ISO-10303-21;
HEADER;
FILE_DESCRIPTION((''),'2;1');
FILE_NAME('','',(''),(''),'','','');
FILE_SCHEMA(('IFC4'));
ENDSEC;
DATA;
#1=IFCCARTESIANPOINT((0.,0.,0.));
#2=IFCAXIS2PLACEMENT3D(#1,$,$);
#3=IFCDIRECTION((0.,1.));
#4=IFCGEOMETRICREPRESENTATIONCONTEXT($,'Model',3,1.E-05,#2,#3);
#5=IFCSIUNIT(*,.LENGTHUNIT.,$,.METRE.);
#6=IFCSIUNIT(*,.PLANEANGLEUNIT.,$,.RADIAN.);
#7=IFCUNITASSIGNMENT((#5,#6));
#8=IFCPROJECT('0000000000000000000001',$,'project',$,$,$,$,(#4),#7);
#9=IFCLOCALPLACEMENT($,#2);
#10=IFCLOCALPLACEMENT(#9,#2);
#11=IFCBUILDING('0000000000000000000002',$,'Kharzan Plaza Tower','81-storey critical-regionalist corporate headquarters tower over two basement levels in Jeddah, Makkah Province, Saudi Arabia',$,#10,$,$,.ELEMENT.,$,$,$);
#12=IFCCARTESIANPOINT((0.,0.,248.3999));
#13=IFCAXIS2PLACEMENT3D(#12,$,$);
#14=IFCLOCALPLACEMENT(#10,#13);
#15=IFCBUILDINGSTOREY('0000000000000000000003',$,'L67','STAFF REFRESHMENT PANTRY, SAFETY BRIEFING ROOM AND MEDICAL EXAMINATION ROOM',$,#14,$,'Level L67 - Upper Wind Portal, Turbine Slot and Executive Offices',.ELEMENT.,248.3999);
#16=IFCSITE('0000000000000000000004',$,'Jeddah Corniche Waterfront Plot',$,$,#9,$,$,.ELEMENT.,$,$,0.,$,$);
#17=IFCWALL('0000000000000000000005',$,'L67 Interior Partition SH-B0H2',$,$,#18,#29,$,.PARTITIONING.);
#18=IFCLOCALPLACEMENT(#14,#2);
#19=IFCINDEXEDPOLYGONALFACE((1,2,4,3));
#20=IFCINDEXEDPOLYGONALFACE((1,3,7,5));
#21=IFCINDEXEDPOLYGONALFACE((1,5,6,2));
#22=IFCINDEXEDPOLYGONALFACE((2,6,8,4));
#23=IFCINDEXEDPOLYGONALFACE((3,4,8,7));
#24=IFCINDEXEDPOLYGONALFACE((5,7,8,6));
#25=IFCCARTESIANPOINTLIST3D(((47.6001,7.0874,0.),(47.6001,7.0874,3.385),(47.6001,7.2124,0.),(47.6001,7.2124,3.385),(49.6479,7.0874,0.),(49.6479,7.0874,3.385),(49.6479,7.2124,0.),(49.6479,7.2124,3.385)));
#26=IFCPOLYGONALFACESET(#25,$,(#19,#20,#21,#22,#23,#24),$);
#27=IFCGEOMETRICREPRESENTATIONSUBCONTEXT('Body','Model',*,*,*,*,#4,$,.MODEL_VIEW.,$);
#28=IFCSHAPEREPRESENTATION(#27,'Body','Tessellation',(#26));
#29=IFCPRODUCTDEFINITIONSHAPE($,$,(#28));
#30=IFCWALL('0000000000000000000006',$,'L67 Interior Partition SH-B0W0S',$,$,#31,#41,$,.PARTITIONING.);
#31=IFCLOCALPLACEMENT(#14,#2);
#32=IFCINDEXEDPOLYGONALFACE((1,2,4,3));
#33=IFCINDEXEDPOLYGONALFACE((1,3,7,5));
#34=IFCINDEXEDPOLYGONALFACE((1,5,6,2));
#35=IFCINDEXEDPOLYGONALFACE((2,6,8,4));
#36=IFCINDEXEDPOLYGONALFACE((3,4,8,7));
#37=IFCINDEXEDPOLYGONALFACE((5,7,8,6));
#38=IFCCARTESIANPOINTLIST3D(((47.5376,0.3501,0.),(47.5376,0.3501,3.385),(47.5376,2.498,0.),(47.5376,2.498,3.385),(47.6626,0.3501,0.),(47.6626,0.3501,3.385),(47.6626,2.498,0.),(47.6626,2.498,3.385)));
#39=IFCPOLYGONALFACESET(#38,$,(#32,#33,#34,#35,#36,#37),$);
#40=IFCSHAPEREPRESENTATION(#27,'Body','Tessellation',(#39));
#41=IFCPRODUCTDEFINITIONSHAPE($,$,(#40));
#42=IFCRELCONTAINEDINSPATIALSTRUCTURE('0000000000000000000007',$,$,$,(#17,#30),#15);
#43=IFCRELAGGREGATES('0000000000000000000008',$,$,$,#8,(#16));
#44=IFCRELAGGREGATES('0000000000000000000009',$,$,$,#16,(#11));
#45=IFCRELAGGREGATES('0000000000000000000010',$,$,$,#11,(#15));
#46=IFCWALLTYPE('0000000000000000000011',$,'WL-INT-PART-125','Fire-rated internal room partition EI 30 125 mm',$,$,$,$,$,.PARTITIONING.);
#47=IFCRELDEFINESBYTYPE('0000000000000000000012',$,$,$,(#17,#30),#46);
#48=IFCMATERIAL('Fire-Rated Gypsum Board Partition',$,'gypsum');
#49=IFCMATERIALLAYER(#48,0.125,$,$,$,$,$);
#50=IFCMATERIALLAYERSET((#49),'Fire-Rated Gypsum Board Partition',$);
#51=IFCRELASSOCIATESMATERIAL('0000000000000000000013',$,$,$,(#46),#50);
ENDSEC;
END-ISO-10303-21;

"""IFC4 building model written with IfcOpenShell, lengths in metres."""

from ifc_helpers import new_model, si_unit, direction, frame, frame_2d, origin, place, context, subcontext, project, spatial, rectangle, extrude, source, transform, mapped, material, layer, layer_set, type_object, element, save


model = new_model("IFC4")

# Units and contexts
model_context = context("Model", 3, precision=1e-05, world=origin(), true_north=direction((0.0, 1.0)))
body_context = subcontext(model_context, "Body", "Model", "MODEL_VIEW")
ifc_project = project(units=[si_unit("LENGTHUNIT", "METRE"), si_unit("PLANEANGLEUNIT", "RADIAN")], contexts=[model_context])

# Site, building, storey
site_placement = place(None, origin())
site = spatial("IfcSite", under=ifc_project, at=site_placement, Name="Jeddah Corniche Waterfront Plot", CompositionType="ELEMENT", RefElevation=0.0)
building_placement = place(site_placement, origin())
building = spatial("IfcBuilding", under=site, at=building_placement, Name="Kharzan Plaza Tower", Description="81-storey critical-regionalist corporate headquarters tower over two basement levels in Jeddah, Makkah Province, Saudi Arabia", CompositionType="ELEMENT")
storey_placement = place(building_placement, frame((0.0, 0.0, 248.3999)))
storey = spatial("IfcBuildingStorey", under=building, at=storey_placement, Name="L67", Description="STAFF REFRESHMENT PANTRY, SAFETY BRIEFING ROOM AND MEDICAL EXAMINATION ROOM", LongName="Level L67 - Upper Wind Portal, Turbine Slot and Executive Offices", CompositionType="ELEMENT", Elevation=248.3999)

# Shared definitions
ifc_material_1 = material(Name="Fire-Rated Gypsum Board Partition", Category="gypsum")
ifc_layer_1 = layer(ifc_material_1, 0.125)
ifc_layer_set_1 = layer_set([ifc_layer_1], Name="Fire-Rated Gypsum Board Partition")
wall_type_1 = type_object("IfcWallType", Name="WL-INT-PART-125", Description="Fire-rated internal room partition EI 30 125 mm", PredefinedType="PARTITIONING", material=ifc_layer_set_1)

# Walls
shared_shape_1 = source(origin(), body_context, "Body", "SweptSolid", [
    extrude(rectangle(XDim=2.0479, YDim=0.125, at=frame_2d((1.0239, 0.0))), origin(), (0.0, 0.0, 1.0), 3.385),
])
for number, where, z_axis, x_axis, name in (
    (1, (47.6001, 7.1499, 0.0), (0.0, 0.0, 1.0), (1.0, 0.0, 0.0), "L67 Interior Partition SH-B0H2"),
):
    element("IfcWall", number, at=place(storey_placement, frame(where, z_axis=z_axis, x_axis=x_axis)), inside=storey, type_object=wall_type_1, Name=name, PredefinedType="PARTITIONING", context=body_context, shape_type="MappedRepresentation", body=[
        mapped(shared_shape_1, transform((0.0, 0.0, 0.0), x_axis=(1.0, 0.0, 0.0), y_axis=(0.0, 1.0, 0.0), z_axis=(0.0, 0.0, 1.0))),
    ])
shared_shape_2 = source(origin(), body_context, "Body", "SweptSolid", [
    extrude(rectangle(XDim=2.1479, YDim=0.125, at=frame_2d((1.074, 0.0))), origin(), (0.0, 0.0, 1.0), 3.385),
])
wall_1_placement = place(storey_placement, frame((47.6001, 0.3501, 0.0), z_axis=(0.0, 0.0, 1.0), x_axis=(0.0, 1.0, 0.0)))
element("IfcWall", 2, at=wall_1_placement, inside=storey, type_object=wall_type_1, Name="L67 Interior Partition SH-B0W0S", PredefinedType="PARTITIONING", context=body_context, shape_type="MappedRepresentation", body=[
    mapped(shared_shape_2, transform((0.0, 0.0, 0.0), x_axis=(1.0, 0.0, 0.0), y_axis=(0.0, 1.0, 0.0), z_axis=(0.0, 0.0, 1.0))),
])

save(model, "model.ifc")
